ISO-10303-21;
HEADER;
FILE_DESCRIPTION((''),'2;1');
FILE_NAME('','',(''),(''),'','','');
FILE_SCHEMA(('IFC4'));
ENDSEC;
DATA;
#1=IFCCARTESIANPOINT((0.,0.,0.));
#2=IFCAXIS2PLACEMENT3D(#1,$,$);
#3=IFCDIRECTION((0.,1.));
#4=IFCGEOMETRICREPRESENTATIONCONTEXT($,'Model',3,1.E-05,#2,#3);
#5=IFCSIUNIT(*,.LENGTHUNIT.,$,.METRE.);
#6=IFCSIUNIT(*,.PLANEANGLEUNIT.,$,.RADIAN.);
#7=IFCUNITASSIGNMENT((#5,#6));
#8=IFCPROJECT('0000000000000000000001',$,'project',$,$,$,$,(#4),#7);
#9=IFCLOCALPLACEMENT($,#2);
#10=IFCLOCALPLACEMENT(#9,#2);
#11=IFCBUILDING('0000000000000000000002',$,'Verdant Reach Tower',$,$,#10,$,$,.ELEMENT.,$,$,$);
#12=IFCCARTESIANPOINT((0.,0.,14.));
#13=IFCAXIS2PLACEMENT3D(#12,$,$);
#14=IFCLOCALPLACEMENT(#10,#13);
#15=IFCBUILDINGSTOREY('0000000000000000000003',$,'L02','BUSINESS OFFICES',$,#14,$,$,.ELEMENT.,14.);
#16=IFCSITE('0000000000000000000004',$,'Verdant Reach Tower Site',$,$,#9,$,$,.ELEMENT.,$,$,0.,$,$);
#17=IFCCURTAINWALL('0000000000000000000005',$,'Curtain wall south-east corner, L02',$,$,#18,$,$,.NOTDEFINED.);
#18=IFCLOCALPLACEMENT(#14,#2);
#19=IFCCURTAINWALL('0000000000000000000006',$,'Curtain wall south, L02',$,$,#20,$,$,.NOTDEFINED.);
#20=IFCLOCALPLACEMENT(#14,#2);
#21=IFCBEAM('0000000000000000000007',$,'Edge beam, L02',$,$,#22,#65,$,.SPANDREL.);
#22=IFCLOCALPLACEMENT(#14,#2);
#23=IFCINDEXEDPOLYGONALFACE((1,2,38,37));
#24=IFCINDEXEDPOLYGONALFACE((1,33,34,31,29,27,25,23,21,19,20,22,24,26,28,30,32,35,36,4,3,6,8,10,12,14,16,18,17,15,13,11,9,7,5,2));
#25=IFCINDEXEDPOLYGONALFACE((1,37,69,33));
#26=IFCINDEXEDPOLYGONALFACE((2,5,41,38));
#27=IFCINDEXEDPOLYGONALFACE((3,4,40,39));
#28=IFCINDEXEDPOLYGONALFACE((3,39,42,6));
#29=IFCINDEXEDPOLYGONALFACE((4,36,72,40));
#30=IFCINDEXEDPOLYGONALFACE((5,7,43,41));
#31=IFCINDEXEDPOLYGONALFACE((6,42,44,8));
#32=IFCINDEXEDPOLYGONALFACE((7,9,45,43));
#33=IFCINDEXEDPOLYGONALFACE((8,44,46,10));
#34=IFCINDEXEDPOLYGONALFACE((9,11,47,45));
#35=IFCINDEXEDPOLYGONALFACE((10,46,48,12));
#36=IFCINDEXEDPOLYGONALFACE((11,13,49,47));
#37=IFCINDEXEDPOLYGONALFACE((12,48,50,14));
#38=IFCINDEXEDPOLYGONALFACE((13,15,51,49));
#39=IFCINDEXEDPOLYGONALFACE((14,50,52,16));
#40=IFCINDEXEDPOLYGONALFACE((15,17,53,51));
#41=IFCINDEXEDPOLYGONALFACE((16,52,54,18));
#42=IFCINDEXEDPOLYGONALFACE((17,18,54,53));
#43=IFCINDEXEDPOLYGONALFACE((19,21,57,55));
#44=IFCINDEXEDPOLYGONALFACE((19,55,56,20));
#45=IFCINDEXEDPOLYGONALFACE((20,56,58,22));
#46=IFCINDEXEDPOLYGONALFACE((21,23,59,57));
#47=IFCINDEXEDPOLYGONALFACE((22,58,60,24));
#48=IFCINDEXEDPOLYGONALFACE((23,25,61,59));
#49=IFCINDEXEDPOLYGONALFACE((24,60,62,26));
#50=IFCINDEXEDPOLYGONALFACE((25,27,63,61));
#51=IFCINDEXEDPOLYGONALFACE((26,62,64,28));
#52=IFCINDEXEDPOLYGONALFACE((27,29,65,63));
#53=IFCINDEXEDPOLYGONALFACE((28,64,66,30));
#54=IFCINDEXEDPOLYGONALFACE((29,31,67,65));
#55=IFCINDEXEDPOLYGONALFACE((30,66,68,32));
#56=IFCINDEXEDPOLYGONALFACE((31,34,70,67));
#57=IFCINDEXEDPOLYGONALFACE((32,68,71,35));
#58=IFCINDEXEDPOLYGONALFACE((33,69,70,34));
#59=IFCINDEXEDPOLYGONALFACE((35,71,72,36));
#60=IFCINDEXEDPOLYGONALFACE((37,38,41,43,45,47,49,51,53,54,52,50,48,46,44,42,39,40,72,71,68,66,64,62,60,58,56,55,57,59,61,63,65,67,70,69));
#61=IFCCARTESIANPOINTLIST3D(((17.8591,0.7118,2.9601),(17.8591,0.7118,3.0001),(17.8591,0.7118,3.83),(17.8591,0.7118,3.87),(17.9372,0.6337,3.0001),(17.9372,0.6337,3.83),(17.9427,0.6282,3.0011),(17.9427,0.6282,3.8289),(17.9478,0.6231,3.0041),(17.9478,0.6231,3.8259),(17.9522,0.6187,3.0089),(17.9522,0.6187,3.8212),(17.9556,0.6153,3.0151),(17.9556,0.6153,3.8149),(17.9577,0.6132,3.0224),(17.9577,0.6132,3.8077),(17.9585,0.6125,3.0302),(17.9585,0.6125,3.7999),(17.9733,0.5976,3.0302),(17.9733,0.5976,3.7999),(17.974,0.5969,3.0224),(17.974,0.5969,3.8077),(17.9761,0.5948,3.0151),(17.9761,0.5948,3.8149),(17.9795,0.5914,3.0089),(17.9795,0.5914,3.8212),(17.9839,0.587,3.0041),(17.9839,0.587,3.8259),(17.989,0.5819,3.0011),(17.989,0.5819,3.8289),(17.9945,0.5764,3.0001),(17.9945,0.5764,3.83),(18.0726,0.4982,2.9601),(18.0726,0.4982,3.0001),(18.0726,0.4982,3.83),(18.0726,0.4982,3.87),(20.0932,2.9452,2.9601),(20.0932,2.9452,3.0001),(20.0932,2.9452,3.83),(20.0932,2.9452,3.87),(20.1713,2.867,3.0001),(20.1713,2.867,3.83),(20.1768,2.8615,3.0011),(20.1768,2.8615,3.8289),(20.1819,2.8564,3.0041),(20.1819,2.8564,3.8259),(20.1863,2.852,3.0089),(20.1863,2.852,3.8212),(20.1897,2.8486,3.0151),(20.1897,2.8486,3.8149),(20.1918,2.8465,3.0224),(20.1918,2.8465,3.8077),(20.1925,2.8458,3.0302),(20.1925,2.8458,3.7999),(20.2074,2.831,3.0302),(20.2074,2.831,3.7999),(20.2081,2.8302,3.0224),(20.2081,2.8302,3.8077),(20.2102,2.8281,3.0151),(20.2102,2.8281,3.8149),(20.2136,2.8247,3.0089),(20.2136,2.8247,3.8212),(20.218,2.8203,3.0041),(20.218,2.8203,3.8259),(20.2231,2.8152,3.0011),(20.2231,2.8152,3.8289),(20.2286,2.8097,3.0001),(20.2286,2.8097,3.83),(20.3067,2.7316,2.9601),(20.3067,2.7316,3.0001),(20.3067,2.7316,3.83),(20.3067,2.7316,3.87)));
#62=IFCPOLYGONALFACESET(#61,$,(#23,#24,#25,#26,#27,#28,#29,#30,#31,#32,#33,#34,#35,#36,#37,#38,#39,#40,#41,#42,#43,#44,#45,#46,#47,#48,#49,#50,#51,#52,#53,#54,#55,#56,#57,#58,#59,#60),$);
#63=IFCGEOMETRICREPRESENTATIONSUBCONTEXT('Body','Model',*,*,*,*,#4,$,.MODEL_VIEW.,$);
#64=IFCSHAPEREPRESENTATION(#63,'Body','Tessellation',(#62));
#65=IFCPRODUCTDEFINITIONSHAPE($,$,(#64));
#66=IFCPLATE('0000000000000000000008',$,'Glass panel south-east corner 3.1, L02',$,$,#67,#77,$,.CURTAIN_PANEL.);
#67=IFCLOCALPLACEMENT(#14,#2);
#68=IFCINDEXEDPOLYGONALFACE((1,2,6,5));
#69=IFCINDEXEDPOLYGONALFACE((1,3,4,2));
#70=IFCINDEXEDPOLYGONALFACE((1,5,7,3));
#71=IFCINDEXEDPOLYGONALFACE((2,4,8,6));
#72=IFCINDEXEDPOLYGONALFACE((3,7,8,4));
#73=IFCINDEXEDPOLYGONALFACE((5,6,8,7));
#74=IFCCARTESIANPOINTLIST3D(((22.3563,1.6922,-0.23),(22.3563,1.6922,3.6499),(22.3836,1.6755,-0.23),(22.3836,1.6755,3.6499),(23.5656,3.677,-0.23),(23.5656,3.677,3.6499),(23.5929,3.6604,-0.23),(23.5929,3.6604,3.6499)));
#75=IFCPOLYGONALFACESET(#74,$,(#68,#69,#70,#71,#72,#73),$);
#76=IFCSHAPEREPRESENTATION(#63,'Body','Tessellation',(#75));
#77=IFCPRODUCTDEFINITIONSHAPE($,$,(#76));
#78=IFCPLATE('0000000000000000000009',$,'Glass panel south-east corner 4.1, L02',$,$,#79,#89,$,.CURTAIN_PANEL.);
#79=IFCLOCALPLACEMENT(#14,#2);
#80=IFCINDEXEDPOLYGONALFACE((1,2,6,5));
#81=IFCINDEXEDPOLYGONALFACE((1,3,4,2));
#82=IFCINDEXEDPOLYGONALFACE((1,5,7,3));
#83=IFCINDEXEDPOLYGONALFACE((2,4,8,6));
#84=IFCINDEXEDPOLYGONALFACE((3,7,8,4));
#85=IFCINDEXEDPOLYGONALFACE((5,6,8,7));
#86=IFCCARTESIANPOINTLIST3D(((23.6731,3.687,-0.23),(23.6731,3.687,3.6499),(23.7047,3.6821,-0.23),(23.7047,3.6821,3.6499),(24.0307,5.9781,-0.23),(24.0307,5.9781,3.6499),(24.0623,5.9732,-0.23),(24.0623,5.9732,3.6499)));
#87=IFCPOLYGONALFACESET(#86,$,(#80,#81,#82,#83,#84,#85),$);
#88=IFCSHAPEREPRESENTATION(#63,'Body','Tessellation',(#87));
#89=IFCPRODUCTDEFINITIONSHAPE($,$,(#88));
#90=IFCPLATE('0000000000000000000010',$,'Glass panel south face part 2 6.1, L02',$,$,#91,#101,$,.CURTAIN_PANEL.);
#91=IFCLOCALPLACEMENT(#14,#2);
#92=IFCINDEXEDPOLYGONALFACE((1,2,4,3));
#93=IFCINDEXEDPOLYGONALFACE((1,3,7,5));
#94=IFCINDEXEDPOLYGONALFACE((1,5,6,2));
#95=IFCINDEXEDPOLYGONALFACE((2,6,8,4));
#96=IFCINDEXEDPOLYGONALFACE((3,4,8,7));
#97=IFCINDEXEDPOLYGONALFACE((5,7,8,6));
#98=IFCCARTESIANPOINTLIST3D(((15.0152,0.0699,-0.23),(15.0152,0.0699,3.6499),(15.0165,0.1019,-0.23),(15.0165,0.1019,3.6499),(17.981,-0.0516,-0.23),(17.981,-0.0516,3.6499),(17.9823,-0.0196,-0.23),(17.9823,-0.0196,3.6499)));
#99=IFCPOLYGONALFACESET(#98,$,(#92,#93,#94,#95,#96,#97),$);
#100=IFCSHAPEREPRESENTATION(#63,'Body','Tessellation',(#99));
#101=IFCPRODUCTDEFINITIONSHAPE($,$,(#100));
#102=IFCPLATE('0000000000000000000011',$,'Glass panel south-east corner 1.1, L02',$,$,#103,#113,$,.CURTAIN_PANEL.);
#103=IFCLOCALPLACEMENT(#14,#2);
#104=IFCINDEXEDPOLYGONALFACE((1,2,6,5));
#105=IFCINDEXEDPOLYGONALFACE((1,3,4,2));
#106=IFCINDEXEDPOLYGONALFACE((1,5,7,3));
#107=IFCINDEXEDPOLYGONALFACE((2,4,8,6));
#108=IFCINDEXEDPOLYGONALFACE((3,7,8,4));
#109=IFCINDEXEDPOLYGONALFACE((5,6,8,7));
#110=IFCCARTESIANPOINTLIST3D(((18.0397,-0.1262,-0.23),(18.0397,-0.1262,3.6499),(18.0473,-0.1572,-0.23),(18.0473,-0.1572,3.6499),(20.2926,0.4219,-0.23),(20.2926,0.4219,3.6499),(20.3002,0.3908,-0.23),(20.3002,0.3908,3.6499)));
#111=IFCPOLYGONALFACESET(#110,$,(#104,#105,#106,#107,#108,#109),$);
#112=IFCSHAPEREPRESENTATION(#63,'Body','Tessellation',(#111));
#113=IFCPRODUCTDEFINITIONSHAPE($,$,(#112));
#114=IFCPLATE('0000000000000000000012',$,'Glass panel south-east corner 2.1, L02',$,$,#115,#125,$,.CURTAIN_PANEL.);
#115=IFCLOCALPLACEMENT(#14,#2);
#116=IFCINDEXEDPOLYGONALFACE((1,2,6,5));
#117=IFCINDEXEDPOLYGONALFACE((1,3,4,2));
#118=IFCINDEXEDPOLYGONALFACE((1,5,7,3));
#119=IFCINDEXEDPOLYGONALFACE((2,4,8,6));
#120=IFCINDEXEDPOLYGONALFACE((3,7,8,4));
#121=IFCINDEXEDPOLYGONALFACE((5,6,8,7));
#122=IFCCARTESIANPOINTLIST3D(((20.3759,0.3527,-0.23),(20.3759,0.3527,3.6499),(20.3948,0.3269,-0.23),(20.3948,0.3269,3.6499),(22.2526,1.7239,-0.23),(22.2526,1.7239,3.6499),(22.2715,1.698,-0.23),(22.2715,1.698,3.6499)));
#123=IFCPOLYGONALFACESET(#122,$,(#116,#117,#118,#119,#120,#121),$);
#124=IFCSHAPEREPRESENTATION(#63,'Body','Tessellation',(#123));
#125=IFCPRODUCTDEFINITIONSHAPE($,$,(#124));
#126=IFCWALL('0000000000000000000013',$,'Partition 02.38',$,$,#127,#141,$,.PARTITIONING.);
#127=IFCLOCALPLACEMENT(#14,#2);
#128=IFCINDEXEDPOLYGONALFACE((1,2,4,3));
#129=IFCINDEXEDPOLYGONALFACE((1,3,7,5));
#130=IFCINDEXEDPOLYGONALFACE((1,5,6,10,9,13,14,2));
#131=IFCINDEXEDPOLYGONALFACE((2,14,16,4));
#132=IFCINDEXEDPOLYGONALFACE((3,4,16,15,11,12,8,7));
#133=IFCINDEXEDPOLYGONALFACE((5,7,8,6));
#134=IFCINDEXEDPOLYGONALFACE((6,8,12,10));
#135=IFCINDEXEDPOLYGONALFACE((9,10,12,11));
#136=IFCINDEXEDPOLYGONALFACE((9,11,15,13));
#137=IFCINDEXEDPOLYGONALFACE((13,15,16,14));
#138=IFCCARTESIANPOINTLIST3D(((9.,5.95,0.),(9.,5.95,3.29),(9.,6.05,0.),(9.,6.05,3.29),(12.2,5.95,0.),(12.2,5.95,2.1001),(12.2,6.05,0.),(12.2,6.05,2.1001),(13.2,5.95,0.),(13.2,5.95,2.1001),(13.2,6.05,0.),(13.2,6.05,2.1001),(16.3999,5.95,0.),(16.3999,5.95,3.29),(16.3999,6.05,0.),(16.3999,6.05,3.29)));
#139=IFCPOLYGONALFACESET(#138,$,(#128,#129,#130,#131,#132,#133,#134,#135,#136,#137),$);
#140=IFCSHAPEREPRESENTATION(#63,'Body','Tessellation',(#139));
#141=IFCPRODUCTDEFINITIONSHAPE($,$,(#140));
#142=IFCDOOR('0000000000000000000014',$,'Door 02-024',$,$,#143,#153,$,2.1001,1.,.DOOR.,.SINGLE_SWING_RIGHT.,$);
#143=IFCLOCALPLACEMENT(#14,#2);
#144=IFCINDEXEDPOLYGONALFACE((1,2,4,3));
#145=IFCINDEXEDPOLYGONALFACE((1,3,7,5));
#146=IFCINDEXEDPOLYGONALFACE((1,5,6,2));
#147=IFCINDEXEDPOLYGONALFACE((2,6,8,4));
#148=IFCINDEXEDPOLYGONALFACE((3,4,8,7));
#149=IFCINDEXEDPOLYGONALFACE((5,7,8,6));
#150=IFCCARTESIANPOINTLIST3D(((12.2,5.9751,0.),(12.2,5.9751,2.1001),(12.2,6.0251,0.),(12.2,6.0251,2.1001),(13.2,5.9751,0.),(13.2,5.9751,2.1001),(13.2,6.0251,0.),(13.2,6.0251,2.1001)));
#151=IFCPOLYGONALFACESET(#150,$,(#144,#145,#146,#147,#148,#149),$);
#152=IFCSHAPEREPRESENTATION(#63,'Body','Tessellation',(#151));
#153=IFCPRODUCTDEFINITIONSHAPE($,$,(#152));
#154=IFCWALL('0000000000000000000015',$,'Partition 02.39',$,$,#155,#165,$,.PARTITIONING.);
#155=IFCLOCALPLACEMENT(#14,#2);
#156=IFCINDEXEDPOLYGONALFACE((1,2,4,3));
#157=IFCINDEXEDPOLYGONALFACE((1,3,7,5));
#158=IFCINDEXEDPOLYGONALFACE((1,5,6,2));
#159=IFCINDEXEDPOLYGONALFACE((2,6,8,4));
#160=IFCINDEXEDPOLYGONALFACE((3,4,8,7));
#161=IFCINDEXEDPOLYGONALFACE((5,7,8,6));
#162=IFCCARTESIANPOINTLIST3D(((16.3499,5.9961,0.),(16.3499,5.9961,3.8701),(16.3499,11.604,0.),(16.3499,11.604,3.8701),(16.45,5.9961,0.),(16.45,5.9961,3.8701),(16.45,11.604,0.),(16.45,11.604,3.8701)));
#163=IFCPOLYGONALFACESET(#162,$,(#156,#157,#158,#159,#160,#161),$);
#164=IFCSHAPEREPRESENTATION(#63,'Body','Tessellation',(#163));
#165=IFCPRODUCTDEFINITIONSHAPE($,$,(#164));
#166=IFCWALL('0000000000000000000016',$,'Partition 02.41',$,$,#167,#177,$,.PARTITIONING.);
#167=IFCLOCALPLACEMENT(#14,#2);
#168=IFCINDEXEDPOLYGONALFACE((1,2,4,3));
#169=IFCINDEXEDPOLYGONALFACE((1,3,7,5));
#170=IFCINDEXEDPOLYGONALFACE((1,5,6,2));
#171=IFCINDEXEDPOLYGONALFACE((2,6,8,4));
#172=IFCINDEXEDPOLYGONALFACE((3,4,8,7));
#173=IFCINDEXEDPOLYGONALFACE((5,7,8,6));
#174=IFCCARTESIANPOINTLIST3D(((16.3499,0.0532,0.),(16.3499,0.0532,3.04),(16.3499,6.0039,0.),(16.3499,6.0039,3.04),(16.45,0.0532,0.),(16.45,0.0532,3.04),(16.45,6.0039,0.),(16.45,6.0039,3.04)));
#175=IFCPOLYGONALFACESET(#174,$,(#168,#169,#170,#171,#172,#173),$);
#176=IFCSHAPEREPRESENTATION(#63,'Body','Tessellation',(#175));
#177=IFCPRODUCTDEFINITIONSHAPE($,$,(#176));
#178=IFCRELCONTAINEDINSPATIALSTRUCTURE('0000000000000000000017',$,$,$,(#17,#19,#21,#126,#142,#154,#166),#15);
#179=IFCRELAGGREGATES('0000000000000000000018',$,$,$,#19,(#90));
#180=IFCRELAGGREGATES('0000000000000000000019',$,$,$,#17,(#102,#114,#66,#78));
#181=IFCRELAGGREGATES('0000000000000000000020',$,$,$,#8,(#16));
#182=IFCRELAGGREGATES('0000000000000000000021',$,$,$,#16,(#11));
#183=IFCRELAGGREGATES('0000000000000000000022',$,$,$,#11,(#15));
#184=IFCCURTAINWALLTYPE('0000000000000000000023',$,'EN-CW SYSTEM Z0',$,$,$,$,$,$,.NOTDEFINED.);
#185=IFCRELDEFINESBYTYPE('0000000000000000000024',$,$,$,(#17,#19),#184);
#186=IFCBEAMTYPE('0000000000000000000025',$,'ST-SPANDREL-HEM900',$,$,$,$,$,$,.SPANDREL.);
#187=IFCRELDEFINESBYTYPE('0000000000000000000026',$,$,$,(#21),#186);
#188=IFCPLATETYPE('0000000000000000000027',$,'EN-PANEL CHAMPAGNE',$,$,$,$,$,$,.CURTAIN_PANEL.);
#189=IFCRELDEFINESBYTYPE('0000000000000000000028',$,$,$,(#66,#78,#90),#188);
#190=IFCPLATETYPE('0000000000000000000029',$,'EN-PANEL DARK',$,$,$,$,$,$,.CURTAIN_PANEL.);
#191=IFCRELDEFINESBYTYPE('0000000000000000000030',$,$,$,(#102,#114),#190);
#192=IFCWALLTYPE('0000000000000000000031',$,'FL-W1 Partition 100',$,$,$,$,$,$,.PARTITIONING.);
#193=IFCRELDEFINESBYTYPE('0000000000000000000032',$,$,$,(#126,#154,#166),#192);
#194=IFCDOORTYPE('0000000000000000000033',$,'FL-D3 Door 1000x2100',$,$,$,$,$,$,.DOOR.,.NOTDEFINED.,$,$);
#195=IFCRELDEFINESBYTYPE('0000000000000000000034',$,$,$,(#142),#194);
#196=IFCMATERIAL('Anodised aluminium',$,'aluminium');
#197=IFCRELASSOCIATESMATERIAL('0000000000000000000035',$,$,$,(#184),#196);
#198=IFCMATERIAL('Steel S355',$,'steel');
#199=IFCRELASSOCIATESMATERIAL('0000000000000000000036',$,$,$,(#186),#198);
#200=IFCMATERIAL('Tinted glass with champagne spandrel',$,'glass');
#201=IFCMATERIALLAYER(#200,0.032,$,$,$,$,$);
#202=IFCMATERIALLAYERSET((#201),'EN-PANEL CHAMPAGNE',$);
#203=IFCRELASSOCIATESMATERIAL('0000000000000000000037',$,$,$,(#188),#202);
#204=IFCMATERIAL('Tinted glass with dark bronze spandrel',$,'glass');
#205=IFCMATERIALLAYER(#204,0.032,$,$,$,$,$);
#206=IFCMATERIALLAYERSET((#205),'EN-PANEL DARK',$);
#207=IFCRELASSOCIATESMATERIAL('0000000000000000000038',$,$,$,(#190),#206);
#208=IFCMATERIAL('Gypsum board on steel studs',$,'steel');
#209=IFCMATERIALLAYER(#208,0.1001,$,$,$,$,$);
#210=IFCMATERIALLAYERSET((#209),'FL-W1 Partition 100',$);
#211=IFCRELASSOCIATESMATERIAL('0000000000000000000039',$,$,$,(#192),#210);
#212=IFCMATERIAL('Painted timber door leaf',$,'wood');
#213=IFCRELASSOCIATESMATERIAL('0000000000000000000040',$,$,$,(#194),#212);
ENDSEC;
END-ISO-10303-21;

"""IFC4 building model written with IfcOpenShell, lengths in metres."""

from ifc_helpers import new_model, si_unit, direction, frame, frame_2d, origin, origin_2d, place, context, subcontext, project, spatial, rectangle, i_section, extrude, material, layer, layer_set, material_profile, profile_set, type_object, element, fill, aggregate, save


model = new_model("IFC4")

# Units and contexts
model_context = context("Model", 3, precision=1e-05, world=origin(), true_north=direction((0.0, 1.0)))
body_context = subcontext(model_context, "Body", "Model", "MODEL_VIEW")
ifc_project = project(units=[si_unit("LENGTHUNIT", "METRE"), si_unit("PLANEANGLEUNIT", "RADIAN")], contexts=[model_context])

# Site, building, storey
site_placement = place(None, origin())
site = spatial("IfcSite", under=ifc_project, at=site_placement, Name="Verdant Reach Tower Site", CompositionType="ELEMENT", RefElevation=0.0)
building_placement = place(site_placement, origin())
building = spatial("IfcBuilding", under=site, at=building_placement, Name="Verdant Reach Tower", CompositionType="ELEMENT")
storey_placement = place(building_placement, frame((0.0, 0.0, 14.0)))
storey = spatial("IfcBuildingStorey", under=building, at=storey_placement, Name="L02", Description="BUSINESS OFFICES", CompositionType="ELEMENT", Elevation=14.0)

# Curtain wall
ifc_material_1 = material(Name="Anodised aluminium", Category="aluminium")
curtain_wall_type = type_object("IfcCurtainWallType", Name="EN-CW SYSTEM Z0", PredefinedType="NOTDEFINED", material=ifc_material_1)
curtain_wall_1_placement = place(storey_placement, origin())
curtain_wall_1 = element("IfcCurtainWall", 1, at=curtain_wall_1_placement, inside=storey, type_object=curtain_wall_type, Name="Curtain wall south-east corner, L02", PredefinedType="NOTDEFINED")

# Curtain wall
curtain_wall_2_placement = place(storey_placement, origin())
curtain_wall_2 = element("IfcCurtainWall", 2, at=curtain_wall_2_placement, inside=storey, type_object=curtain_wall_type, Name="Curtain wall south, L02", PredefinedType="NOTDEFINED")

# Beam
ifc_material_2 = material(Name="Steel S355", Category="steel")
ifc_material_profile_1 = material_profile(ifc_material_2, i_section(OverallWidth=0.302, OverallDepth=0.9099, WebThickness=0.021, FlangeThickness=0.04, FilletRadius=0.03, at=origin_2d()), Name="HEM 900")
ifc_profile_set_1 = profile_set([ifc_material_profile_1], Name="Steel S355")
beam_type_1 = type_object("IfcBeamType", Name="ST-SPANDREL-HEM900", PredefinedType="SPANDREL", material=ifc_profile_set_1)
beam_1_placement = place(storey_placement, frame((20.2, 2.8384, 3.415), z_axis=(-0.707223, -0.706991, 0.0), x_axis=(0.706991, -0.707223, 0.0)))
element("IfcBeam", 3, at=beam_1_placement, inside=storey, type_object=beam_type_1, Name="Edge beam, L02", PredefinedType="SPANDREL", context=body_context, shape_type="SweptSolid", body=[
    extrude(i_section(OverallWidth=0.302, OverallDepth=0.9099, WebThickness=0.021, FlangeThickness=0.04, FilletRadius=0.03, at=origin_2d()), origin(), (0.0, 0.0, 1.0), 3.1589),
])

# Plates
ifc_material_3 = material(Name="Tinted glass with champagne spandrel", Category="glass")
ifc_layer_1 = layer(ifc_material_3, 0.032)
ifc_layer_set_1 = layer_set([ifc_layer_1], Name="EN-PANEL CHAMPAGNE")
plate_type_1 = type_object("IfcPlateType", Name="EN-PANEL CHAMPAGNE", PredefinedType="CURTAIN_PANEL", material=ifc_layer_set_1)
plate_1_placement = place(storey_placement, frame((22.9746, 2.6763, -0.23), z_axis=(0.0, 0.0, 1.0), x_axis=(0.520292, 0.853989, 0.0)))
plate_1 = element("IfcPlate", 4, at=plate_1_placement, type_object=plate_type_1, Name="Glass panel south-east corner 3.1, L02", PredefinedType="CURTAIN_PANEL", context=body_context, shape_type="SweptSolid", body=[
    extrude(rectangle(XDim=2.3242, YDim=0.032, at=origin_2d()), origin(), (0.0, 0.0, 1.0), 3.8799),
])
plate_2_placement = place(storey_placement, frame((23.8677, 4.8301, -0.23), z_axis=(0.0, 0.0, 1.0), x_axis=(0.154211, 0.988038, 0.0)))
plate_2 = element("IfcPlate", 5, at=plate_2_placement, type_object=plate_type_1, Name="Glass panel south-east corner 4.1, L02", PredefinedType="CURTAIN_PANEL", context=body_context, shape_type="SweptSolid", body=[
    extrude(rectangle(XDim=2.3188, YDim=0.032, at=origin_2d()), origin(), (0.0, 0.0, 1.0), 3.8799),
])
plate_3_placement = place(storey_placement, frame((16.4988, 0.0251, -0.23), z_axis=(0.0, 0.0, 1.0), x_axis=(0.999162, -0.04092, 0.0)))
plate_3 = element("IfcPlate", 6, at=plate_3_placement, type_object=plate_type_1, Name="Glass panel south face part 2 6.1, L02", PredefinedType="CURTAIN_PANEL", context=body_context, shape_type="SweptSolid", body=[
    extrude(rectangle(XDim=2.9683, YDim=0.032, at=origin_2d()), origin(), (0.0, 0.0, 1.0), 3.8799),
])
aggregate(curtain_wall_2, [plate_3])
ifc_material_4 = material(Name="Tinted glass with dark bronze spandrel", Category="glass")
ifc_layer_2 = layer(ifc_material_4, 0.032)
ifc_layer_set_2 = layer_set([ifc_layer_2], Name="EN-PANEL DARK")
plate_type_2 = type_object("IfcPlateType", Name="EN-PANEL DARK", PredefinedType="CURTAIN_PANEL", material=ifc_layer_set_2)
plate_4_placement = place(storey_placement, frame((19.1699, 0.1323, -0.23), z_axis=(0.0, 0.0, 1.0), x_axis=(0.971663, 0.236369, 0.0)))
plate_4 = element("IfcPlate", 7, at=plate_4_placement, type_object=plate_type_2, Name="Glass panel south-east corner 1.1, L02", PredefinedType="CURTAIN_PANEL", context=body_context, shape_type="SweptSolid", body=[
    extrude(rectangle(XDim=2.3186, YDim=0.032, at=origin_2d()), origin(), (0.0, 0.0, 1.0), 3.8799),
])
plate_5_placement = place(storey_placement, frame((21.3237, 1.0254, -0.23), z_axis=(0.0, 0.0, 1.0), x_axis=(0.807457, 0.589927, 0.0)))
plate_5 = element("IfcPlate", 8, at=plate_5_placement, type_object=plate_type_2, Name="Glass panel south-east corner 2.1, L02", PredefinedType="CURTAIN_PANEL", context=body_context, shape_type="SweptSolid", body=[
    extrude(rectangle(XDim=2.3242, YDim=0.032, at=origin_2d()), origin(), (0.0, 0.0, 1.0), 3.8799),
])
aggregate(curtain_wall_1, [plate_4, plate_5, plate_1, plate_2])

# Wall, opening, door
ifc_material_5 = material(Name="Gypsum board on steel studs", Category="steel")
ifc_layer_3 = layer(ifc_material_5, 0.1001)
ifc_layer_set_3 = layer_set([ifc_layer_3], Name="FL-W1 Partition 100")
wall_type = type_object("IfcWallType", Name="FL-W1 Partition 100", PredefinedType="PARTITIONING", material=ifc_layer_set_3)
wall_1_placement = place(storey_placement, frame((16.3999, 6.0, 0.0), z_axis=(0.0, 0.0, 1.0), x_axis=(-1.0, 0.0, 0.0)))
wall_1 = element("IfcWall", 9, at=wall_1_placement, inside=storey, type_object=wall_type, Name="Partition 02.38", PredefinedType="PARTITIONING", context=body_context, shape_type="SweptSolid", body=[
    extrude(rectangle(XDim=7.3999, YDim=0.1001, at=frame_2d((3.7, 0.0))), origin(), (0.0, 0.0, 1.0), 3.29),
])
opening_placement = place(wall_1_placement, frame((3.2, 0.0, 0.0)))
opening = element("IfcOpeningElement", 10, at=opening_placement, cuts=wall_1, PredefinedType="OPENING", context=body_context, shape_type="SweptSolid", body=[
    extrude(rectangle(XDim=1.0, YDim=2.1001, at=frame_2d((0.5, 1.05))), frame((0.0, 0.0601, 0.0), z_axis=(0.0, -1.0, 0.0), x_axis=(1.0, 0.0, 0.0)), (0.0, 0.0, 1.0), 0.1201),
])
ifc_material_6 = material(Name="Painted timber door leaf", Category="wood")
door_type = type_object("IfcDoorType", Name="FL-D3 Door 1000x2100", OperationType="NOTDEFINED", PredefinedType="DOOR", material=ifc_material_6)
door_placement = place(opening_placement, origin())
door = element("IfcDoor", 11, at=door_placement, inside=storey, type_object=door_type, Name="Door 02-024", OperationType="SINGLE_SWING_RIGHT", OverallHeight=2.1001, OverallWidth=1.0, PredefinedType="DOOR", context=body_context, shape_type="SweptSolid", body=[
    extrude(rectangle(XDim=1.0, YDim=2.1001, at=frame_2d((0.5, 1.05))), frame((0.0, 0.0249, 0.0), z_axis=(0.0, -1.0, 0.0), x_axis=(1.0, 0.0, 0.0)), (0.0, 0.0, 1.0), 0.05),
])
fill(opening, door)

# Walls
wall_2_placement = place(storey_placement, frame((16.3999, 5.9961, 0.0), z_axis=(0.0, 0.0, 1.0), x_axis=(0.0, 1.0, 0.0)))
element("IfcWall", 12, at=wall_2_placement, inside=storey, type_object=wall_type, Name="Partition 02.39", PredefinedType="PARTITIONING", context=body_context, shape_type="SweptSolid", body=[
    extrude(rectangle(XDim=5.6079, YDim=0.1001, at=frame_2d((2.804, 0.0))), origin(), (0.0, 0.0, 1.0), 3.8701),
])
wall_3_placement = place(storey_placement, frame((16.3999, 0.0532, 0.0), z_axis=(0.0, 0.0, 1.0), x_axis=(0.0, 1.0, 0.0)))
element("IfcWall", 13, at=wall_3_placement, inside=storey, type_object=wall_type, Name="Partition 02.41", PredefinedType="PARTITIONING", context=body_context, shape_type="SweptSolid", body=[
    extrude(rectangle(XDim=5.9507, YDim=0.1001, at=frame_2d((2.9753, 0.0))), origin(), (0.0, 0.0, 1.0), 3.04),
])

save(model, "model.ifc")
